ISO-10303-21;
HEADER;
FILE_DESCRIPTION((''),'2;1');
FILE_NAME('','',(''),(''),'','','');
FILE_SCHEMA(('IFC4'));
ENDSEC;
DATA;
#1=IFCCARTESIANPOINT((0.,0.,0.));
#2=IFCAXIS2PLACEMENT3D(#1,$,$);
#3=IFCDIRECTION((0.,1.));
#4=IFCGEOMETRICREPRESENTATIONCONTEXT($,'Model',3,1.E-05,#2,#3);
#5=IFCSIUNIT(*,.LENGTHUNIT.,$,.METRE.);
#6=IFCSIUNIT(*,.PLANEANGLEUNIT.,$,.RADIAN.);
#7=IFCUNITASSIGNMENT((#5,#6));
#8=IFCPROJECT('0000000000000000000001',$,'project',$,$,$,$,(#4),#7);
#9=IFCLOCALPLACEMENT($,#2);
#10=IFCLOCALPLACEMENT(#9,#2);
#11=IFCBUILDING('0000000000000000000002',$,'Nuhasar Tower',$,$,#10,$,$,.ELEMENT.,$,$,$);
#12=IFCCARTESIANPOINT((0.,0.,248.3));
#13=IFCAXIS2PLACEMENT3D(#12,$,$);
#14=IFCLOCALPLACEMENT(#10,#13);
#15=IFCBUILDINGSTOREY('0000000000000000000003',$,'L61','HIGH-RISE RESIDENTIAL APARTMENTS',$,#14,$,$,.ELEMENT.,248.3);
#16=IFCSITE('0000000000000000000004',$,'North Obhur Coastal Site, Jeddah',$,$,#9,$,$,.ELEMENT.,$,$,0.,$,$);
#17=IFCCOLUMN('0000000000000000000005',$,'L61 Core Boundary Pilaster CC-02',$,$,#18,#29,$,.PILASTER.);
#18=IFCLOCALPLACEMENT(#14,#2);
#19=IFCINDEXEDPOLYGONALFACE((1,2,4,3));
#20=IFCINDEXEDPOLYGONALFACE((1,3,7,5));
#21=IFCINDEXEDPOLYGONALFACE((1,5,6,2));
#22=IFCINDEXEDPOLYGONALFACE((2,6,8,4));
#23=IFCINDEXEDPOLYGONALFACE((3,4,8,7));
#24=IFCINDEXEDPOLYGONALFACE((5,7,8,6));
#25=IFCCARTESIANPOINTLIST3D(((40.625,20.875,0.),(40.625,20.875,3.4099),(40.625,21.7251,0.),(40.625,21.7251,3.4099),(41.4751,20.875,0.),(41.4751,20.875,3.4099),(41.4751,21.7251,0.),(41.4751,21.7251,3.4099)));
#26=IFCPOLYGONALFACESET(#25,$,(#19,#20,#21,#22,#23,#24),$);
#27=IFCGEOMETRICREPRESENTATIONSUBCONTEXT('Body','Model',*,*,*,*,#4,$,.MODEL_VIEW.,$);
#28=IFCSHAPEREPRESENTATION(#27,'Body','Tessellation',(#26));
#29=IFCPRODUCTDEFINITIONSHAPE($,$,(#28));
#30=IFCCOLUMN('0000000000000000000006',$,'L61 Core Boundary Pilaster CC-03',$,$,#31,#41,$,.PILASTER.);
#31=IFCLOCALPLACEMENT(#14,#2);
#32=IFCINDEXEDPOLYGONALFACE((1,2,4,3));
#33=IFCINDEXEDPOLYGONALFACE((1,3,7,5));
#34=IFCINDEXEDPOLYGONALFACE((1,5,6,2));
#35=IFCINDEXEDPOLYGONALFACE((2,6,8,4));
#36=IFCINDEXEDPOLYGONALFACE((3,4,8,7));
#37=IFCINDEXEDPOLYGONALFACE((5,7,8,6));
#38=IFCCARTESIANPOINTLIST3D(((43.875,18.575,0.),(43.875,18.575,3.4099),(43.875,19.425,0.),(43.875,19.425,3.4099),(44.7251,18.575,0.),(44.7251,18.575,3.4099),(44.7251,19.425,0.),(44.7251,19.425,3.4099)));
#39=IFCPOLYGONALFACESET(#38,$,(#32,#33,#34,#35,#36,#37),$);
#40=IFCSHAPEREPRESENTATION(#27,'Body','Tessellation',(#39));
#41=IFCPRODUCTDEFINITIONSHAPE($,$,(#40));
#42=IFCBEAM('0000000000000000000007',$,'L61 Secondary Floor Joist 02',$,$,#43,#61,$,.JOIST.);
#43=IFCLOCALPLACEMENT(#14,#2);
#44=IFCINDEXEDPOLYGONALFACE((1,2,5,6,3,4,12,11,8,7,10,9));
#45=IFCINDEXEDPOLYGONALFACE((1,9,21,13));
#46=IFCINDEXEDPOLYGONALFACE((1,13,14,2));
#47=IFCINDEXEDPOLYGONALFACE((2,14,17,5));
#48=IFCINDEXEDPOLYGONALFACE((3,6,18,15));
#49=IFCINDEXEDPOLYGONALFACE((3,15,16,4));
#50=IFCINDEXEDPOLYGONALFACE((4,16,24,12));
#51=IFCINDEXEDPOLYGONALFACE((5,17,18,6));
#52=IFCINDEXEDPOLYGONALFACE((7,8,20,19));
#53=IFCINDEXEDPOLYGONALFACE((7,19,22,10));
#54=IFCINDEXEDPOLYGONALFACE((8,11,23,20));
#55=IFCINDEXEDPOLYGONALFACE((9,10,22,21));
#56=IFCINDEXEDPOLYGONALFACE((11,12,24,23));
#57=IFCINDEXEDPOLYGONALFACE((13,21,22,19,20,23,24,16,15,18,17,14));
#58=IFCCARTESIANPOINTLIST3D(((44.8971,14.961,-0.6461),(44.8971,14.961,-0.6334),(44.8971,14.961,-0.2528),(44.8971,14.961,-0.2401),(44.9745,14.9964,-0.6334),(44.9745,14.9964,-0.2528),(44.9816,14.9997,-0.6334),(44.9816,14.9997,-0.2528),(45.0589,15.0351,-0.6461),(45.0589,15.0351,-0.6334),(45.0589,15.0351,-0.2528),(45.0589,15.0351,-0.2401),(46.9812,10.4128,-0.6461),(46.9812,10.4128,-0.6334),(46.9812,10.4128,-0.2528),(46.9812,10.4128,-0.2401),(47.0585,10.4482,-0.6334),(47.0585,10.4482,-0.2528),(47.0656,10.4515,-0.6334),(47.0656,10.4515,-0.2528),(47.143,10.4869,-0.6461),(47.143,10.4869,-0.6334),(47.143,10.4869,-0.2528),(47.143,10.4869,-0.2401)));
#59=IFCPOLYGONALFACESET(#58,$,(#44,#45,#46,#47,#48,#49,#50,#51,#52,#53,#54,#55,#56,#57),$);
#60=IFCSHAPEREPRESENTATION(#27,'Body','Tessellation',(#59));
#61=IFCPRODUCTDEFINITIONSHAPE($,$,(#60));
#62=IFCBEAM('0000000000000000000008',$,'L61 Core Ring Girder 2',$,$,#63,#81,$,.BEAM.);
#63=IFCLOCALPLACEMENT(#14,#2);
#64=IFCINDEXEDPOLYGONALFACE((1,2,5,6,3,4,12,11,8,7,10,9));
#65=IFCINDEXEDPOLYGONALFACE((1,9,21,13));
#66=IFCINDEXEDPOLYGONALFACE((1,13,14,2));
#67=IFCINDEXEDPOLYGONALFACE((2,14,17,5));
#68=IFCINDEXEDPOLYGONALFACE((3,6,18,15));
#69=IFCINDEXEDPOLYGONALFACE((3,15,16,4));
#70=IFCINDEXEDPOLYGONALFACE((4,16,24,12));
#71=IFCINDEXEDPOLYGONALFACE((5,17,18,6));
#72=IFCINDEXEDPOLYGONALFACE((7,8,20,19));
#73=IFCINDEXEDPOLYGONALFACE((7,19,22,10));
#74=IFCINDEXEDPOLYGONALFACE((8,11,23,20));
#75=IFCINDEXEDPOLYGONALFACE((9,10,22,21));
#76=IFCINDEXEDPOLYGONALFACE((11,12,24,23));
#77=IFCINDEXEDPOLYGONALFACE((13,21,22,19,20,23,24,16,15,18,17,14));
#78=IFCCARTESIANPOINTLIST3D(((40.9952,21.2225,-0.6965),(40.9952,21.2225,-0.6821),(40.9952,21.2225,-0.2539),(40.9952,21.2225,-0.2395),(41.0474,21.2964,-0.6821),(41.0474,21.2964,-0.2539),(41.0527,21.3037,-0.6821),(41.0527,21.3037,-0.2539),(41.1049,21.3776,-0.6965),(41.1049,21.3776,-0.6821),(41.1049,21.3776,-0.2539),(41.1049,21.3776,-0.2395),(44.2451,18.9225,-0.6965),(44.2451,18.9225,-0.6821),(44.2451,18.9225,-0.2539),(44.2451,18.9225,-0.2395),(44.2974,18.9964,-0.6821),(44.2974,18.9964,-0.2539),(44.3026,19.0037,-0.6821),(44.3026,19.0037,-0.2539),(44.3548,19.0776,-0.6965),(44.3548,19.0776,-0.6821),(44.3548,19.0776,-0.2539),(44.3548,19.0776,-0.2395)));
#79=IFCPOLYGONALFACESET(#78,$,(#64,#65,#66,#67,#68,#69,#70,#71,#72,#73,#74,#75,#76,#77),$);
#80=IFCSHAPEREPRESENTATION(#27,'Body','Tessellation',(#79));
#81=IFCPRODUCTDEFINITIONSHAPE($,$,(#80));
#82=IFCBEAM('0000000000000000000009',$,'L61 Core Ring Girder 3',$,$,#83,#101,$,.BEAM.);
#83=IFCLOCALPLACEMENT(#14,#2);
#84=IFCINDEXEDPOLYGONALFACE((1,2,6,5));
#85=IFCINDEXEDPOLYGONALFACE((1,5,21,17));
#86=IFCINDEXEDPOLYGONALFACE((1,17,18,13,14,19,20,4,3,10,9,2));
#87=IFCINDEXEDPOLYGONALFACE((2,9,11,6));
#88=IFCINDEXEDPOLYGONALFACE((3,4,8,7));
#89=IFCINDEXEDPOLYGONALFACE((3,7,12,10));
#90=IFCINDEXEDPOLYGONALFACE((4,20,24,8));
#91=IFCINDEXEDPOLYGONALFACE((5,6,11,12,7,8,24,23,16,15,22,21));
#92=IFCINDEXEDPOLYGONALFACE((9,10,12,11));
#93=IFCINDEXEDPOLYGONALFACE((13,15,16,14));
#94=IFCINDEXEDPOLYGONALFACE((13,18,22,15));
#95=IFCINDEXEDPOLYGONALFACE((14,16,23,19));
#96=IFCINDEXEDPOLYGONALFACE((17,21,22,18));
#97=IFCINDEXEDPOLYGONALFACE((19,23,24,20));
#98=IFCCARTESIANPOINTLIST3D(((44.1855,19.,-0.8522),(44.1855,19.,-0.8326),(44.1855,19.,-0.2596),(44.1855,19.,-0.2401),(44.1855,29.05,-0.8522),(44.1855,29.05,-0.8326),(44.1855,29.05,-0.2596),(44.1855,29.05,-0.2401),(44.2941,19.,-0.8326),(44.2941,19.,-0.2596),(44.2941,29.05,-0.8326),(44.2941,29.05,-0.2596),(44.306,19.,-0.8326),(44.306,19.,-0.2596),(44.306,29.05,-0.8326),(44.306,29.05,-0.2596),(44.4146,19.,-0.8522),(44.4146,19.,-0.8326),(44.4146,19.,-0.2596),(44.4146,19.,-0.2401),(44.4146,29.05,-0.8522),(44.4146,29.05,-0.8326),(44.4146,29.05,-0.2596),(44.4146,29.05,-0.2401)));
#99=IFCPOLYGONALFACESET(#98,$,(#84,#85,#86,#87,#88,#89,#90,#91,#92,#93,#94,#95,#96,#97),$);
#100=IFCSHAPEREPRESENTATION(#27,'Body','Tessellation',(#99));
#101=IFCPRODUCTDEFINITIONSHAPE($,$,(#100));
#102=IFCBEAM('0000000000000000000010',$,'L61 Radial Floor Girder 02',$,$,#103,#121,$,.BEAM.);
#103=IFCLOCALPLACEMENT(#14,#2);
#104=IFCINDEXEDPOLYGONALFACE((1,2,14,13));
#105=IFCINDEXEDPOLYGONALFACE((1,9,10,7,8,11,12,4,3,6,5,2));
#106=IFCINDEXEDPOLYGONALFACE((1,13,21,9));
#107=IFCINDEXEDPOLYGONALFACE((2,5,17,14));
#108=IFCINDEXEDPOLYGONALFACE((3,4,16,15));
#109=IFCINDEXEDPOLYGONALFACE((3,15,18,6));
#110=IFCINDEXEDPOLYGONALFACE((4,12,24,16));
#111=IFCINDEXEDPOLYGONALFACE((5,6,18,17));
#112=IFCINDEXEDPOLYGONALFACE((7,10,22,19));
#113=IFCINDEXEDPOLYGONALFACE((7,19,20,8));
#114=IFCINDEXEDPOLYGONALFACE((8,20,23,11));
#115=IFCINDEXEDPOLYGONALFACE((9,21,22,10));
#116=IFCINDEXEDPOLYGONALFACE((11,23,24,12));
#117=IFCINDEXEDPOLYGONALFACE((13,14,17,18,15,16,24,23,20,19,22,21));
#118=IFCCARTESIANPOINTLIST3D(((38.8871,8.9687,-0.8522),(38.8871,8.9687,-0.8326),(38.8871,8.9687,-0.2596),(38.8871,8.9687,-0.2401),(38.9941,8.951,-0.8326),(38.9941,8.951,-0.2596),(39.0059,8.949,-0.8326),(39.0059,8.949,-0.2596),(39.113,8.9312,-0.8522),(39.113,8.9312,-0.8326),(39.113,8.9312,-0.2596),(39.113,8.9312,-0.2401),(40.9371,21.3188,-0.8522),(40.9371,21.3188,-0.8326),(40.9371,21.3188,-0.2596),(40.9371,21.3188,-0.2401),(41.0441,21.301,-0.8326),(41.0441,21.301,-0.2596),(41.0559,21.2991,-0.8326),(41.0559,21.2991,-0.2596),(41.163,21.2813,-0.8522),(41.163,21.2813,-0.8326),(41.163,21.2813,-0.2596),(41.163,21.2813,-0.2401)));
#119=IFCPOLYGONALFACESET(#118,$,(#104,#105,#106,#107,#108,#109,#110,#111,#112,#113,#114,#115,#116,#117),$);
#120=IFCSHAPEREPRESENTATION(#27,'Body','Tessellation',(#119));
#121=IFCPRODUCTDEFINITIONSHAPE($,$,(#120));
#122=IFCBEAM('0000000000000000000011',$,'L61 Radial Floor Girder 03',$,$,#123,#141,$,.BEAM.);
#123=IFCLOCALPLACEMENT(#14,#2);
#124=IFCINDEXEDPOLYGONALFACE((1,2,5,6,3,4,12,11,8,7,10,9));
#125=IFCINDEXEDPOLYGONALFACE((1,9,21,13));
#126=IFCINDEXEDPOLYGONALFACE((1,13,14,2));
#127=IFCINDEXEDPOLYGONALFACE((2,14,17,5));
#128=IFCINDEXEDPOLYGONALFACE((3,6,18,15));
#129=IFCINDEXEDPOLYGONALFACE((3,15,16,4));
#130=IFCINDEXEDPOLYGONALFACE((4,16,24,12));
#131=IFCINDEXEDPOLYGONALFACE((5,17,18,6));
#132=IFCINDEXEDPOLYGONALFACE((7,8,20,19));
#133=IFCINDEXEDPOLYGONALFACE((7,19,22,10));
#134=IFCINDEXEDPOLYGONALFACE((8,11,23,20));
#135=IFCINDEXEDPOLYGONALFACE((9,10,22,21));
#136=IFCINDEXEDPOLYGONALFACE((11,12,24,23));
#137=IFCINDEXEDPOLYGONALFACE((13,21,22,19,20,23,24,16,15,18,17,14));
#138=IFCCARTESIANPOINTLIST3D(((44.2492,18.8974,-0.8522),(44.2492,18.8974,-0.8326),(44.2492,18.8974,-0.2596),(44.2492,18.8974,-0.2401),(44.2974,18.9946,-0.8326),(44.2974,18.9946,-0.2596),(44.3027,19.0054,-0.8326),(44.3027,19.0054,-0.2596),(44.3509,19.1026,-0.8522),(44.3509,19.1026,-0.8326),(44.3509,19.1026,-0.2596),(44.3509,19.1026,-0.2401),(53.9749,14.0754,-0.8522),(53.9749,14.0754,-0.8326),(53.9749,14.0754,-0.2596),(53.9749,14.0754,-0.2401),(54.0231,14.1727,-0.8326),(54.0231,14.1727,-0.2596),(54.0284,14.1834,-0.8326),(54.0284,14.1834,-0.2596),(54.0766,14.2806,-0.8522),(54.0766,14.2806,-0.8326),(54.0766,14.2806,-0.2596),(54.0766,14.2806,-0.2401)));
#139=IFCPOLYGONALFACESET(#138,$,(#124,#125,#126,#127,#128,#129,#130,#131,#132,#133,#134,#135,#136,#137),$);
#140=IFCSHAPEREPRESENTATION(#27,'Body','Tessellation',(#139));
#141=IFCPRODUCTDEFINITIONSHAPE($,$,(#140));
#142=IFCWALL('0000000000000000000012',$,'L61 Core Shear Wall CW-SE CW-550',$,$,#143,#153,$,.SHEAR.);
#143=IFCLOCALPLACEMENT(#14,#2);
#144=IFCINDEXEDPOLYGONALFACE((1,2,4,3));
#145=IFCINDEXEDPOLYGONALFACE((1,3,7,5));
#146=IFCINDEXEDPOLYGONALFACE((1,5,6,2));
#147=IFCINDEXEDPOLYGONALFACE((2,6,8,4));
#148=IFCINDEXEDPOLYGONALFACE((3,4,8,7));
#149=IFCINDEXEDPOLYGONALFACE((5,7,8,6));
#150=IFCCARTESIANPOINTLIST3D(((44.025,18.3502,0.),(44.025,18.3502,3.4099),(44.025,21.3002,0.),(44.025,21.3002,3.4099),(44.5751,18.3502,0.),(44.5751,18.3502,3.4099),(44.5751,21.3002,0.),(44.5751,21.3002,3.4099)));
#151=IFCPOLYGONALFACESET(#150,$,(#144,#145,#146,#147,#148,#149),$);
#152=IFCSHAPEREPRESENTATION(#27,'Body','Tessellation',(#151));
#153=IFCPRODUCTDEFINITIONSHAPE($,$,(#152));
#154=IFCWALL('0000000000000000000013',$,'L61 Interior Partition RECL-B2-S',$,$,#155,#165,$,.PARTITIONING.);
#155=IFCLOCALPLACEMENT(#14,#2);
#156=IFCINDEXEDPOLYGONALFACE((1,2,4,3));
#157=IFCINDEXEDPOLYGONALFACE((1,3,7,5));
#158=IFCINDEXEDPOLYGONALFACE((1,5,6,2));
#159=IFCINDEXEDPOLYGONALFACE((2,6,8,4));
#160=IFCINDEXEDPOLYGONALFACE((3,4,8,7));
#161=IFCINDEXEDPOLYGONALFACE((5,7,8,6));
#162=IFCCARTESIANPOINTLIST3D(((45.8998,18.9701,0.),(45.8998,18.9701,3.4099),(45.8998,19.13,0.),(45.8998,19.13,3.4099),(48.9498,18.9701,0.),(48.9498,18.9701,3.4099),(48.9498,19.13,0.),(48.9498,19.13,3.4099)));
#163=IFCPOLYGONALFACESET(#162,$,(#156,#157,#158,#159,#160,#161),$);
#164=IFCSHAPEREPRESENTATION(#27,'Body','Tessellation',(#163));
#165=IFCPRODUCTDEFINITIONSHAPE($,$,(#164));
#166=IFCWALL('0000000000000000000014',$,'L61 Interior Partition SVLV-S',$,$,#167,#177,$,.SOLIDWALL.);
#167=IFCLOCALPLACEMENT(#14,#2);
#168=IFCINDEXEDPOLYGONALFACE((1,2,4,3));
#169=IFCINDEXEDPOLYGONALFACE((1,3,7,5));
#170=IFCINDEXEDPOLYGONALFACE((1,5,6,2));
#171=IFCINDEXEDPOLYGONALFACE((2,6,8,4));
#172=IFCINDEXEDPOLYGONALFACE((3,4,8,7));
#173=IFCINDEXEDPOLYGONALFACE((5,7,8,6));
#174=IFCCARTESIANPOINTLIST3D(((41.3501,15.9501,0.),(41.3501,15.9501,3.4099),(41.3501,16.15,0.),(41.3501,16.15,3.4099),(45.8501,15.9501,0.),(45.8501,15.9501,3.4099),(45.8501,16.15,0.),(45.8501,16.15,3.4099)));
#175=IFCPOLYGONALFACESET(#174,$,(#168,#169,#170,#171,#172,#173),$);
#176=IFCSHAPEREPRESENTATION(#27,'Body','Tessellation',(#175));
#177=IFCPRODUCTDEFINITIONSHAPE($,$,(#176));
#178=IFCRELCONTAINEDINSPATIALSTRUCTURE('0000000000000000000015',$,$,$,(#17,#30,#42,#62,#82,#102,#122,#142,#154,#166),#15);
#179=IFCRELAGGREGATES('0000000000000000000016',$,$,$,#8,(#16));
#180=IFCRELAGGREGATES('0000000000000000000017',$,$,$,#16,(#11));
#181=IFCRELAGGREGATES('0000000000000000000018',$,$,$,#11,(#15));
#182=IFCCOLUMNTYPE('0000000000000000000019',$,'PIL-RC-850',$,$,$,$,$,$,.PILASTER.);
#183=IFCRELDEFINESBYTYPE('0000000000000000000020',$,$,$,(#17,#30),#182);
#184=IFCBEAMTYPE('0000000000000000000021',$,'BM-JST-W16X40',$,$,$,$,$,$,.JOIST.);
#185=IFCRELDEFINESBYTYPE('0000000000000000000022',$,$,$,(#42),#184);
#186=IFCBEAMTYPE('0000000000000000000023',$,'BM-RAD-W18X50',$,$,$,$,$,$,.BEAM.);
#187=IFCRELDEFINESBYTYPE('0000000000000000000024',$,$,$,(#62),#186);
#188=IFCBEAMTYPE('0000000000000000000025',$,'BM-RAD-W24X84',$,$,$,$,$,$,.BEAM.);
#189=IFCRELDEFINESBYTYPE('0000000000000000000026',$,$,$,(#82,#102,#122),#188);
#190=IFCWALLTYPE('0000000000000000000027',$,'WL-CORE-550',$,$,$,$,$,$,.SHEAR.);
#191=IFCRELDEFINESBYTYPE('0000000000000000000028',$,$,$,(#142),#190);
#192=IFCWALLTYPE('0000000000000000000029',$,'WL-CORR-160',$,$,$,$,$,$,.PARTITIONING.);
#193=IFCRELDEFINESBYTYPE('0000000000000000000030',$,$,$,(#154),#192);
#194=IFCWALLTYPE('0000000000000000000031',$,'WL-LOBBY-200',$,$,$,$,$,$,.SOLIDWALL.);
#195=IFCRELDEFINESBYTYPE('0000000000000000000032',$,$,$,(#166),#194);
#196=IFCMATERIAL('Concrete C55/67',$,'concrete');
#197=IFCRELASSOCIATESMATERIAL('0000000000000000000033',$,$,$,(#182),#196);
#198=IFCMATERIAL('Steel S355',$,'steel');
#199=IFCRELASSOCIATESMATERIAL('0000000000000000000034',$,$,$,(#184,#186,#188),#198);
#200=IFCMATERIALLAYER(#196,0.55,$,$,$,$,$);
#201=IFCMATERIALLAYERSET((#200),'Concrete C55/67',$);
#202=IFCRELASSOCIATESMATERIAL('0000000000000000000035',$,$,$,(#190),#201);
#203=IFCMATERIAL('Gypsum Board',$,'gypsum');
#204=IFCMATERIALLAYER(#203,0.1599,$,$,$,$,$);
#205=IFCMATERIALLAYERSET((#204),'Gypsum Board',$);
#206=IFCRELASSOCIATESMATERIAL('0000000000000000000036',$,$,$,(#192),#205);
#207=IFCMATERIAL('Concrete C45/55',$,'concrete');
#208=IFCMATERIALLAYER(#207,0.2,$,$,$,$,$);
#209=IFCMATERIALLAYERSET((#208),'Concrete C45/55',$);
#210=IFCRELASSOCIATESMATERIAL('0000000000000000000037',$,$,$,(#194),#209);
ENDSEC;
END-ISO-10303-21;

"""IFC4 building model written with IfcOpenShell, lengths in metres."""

from ifc_helpers import new_model, si_unit, direction, frame, frame_2d, origin, origin_2d, place, context, subcontext, project, spatial, rectangle, i_section, extrude, material, layer, layer_set, material_profile, profile_set, type_object, element, save


model = new_model("IFC4")

# Units and contexts
model_context = context("Model", 3, precision=1e-05, world=origin(), true_north=direction((0.0, 1.0)))
body_context = subcontext(model_context, "Body", "Model", "MODEL_VIEW")
ifc_project = project(units=[si_unit("LENGTHUNIT", "METRE"), si_unit("PLANEANGLEUNIT", "RADIAN")], contexts=[model_context])

# Site, building, storey
site_placement = place(None, origin())
site = spatial("IfcSite", under=ifc_project, at=site_placement, Name="North Obhur Coastal Site, Jeddah", CompositionType="ELEMENT", RefElevation=0.0)
building_placement = place(site_placement, origin())
building = spatial("IfcBuilding", under=site, at=building_placement, Name="Nuhasar Tower", CompositionType="ELEMENT")
storey_placement = place(building_placement, frame((0.0, 0.0, 248.3)))
storey = spatial("IfcBuildingStorey", under=building, at=storey_placement, Name="L61", Description="HIGH-RISE RESIDENTIAL APARTMENTS", CompositionType="ELEMENT", Elevation=248.3)

# Columns
ifc_material_1 = material(Name="Concrete C55/67", Category="concrete")
ifc_material_profile_1 = material_profile(ifc_material_1, rectangle(XDim=0.8501, YDim=0.8501, at=origin_2d()), Name="RC850X850")
ifc_profile_set_1 = profile_set([ifc_material_profile_1], Name="Concrete C55/67")
column_type = type_object("IfcColumnType", Name="PIL-RC-850", PredefinedType="PILASTER", material=ifc_profile_set_1)
for number, where, z_axis, x_axis, name in (
    (1, (41.05, 21.3, 0.0), (0.0, 0.0, 1.0), (1.0, 0.0, 0.0), "L61 Core Boundary Pilaster CC-02"),
    (2, (44.3, 19.0, 0.0), (0.0, 0.0, 1.0), (1.0, 0.0, 0.0), "L61 Core Boundary Pilaster CC-03"),
):
    element("IfcColumn", number, at=place(storey_placement, frame(where, z_axis=z_axis, x_axis=x_axis)), inside=storey, type_object=column_type, Name=name, PredefinedType="PILASTER", context=body_context, shape_type="SweptSolid", body=[
        extrude(rectangle(XDim=0.8501, YDim=0.8501, at=origin_2d()), origin(), (0.0, 0.0, 1.0), 3.4099),
    ])

# Beams
ifc_material_2 = material(Name="Steel S355", Category="steel")
ifc_material_profile_2 = material_profile(ifc_material_2, i_section(OverallWidth=0.178, OverallDepth=0.406, WebThickness=0.0078, FlangeThickness=0.0127, at=origin_2d()), Name="W16X40")
ifc_profile_set_2 = profile_set([ifc_material_profile_2], Name="Steel S355")
beam_type_1 = type_object("IfcBeamType", Name="BM-JST-W16X40", PredefinedType="JOIST", material=ifc_profile_set_2)
beam_1_placement = place(storey_placement, frame((44.978, 14.998, -0.4431), z_axis=(0.416562, -0.909107, 0.0), x_axis=(0.909107, 0.416562, 0.0)))
element("IfcBeam", 3, at=beam_1_placement, inside=storey, type_object=beam_type_1, Name="L61 Secondary Floor Joist 02", PredefinedType="JOIST", context=body_context, shape_type="SweptSolid", body=[
    extrude(i_section(OverallWidth=0.178, OverallDepth=0.406, WebThickness=0.0078, FlangeThickness=0.0127, at=origin_2d()), origin(), (0.0, 0.0, 1.0), 5.0029),
])
ifc_material_profile_3 = material_profile(ifc_material_2, i_section(OverallWidth=0.1899, OverallDepth=0.457, WebThickness=0.009, FlangeThickness=0.0144, at=origin_2d()), Name="W18X50")
ifc_profile_set_3 = profile_set([ifc_material_profile_3], Name="Steel S355")
beam_type_2 = type_object("IfcBeamType", Name="BM-RAD-W18X50", PredefinedType="BEAM", material=ifc_profile_set_3)
beam_2_placement = place(storey_placement, frame((41.05, 21.3, -0.468), z_axis=(0.816265, -0.577677, 0.0), x_axis=(0.577677, 0.816265, 0.0)))
element("IfcBeam", 4, at=beam_2_placement, inside=storey, type_object=beam_type_2, Name="L61 Core Ring Girder 2", PredefinedType="BEAM", context=body_context, shape_type="SweptSolid", body=[
    extrude(i_section(OverallWidth=0.1899, OverallDepth=0.457, WebThickness=0.009, FlangeThickness=0.0144, at=origin_2d()), origin(), (0.0, 0.0, 1.0), 3.9814),
])
ifc_material_profile_4 = material_profile(ifc_material_2, i_section(OverallWidth=0.229, OverallDepth=0.6121, WebThickness=0.012, FlangeThickness=0.0195, at=origin_2d()), Name="W24X84")
ifc_profile_set_4 = profile_set([ifc_material_profile_4], Name="Steel S355")
beam_type_3 = type_object("IfcBeamType", Name="BM-RAD-W24X84", PredefinedType="BEAM", material=ifc_profile_set_4)
beam_3_placement = place(storey_placement, frame((44.3, 19.0, -0.5461), z_axis=(0.0, 1.0, 0.0), x_axis=(-1.0, 0.0, 0.0)))
element("IfcBeam", 5, at=beam_3_placement, inside=storey, type_object=beam_type_3, Name="L61 Core Ring Girder 3", PredefinedType="BEAM", context=body_context, shape_type="SweptSolid", body=[
    extrude(i_section(OverallWidth=0.229, OverallDepth=0.6121, WebThickness=0.012, FlangeThickness=0.0195, at=origin_2d()), origin(), (0.0, 0.0, 1.0), 10.05),
])
beam_4_placement = place(storey_placement, frame((41.05, 21.3, -0.5461), z_axis=(-0.163754, -0.986501, 0.0), x_axis=(0.986501, -0.163754, 0.0)))
element("IfcBeam", 6, at=beam_4_placement, inside=storey, type_object=beam_type_3, Name="L61 Radial Floor Girder 02", PredefinedType="BEAM", context=body_context, shape_type="SweptSolid", body=[
    extrude(i_section(OverallWidth=0.229, OverallDepth=0.6121, WebThickness=0.012, FlangeThickness=0.0195, at=origin_2d()), origin(), (0.0, 0.0, 1.0), 12.519),
])
beam_5_placement = place(storey_placement, frame((44.3, 19.0, -0.5461), z_axis=(0.895929, -0.444197, 0.0), x_axis=(0.444197, 0.895929, 0.0)))
element("IfcBeam", 7, at=beam_5_placement, inside=storey, type_object=beam_type_3, Name="L61 Radial Floor Girder 03", PredefinedType="BEAM", context=body_context, shape_type="SweptSolid", body=[
    extrude(i_section(OverallWidth=0.229, OverallDepth=0.6121, WebThickness=0.012, FlangeThickness=0.0195, at=origin_2d()), origin(), (0.0, 0.0, 1.0), 10.8555),
])

# Walls
ifc_layer_1 = layer(ifc_material_1, 0.55)
ifc_layer_set_1 = layer_set([ifc_layer_1], Name="Concrete C55/67")
wall_type_1 = type_object("IfcWallType", Name="WL-CORE-550", PredefinedType="SHEAR", material=ifc_layer_set_1)
wall_1_placement = place(storey_placement, frame((44.3, 18.3501, 0.0), z_axis=(0.0, 0.0, 1.0), x_axis=(0.0, 1.0, 0.0)))
element("IfcWall", 8, at=wall_1_placement, inside=storey, type_object=wall_type_1, Name="L61 Core Shear Wall CW-SE CW-550", PredefinedType="SHEAR", context=body_context, shape_type="SweptSolid", body=[
    extrude(rectangle(XDim=2.95, YDim=0.55, at=frame_2d((1.4751, 0.0))), origin(), (0.0, 0.0, 1.0), 3.4099),
])
ifc_material_3 = material(Name="Gypsum Board", Category="gypsum")
ifc_layer_2 = layer(ifc_material_3, 0.1599)
ifc_layer_set_2 = layer_set([ifc_layer_2], Name="Gypsum Board")
wall_type_2 = type_object("IfcWallType", Name="WL-CORR-160", PredefinedType="PARTITIONING", material=ifc_layer_set_2)
wall_2_placement = place(storey_placement, frame((45.8999, 19.05, 0.0), z_axis=(0.0, 0.0, 1.0), x_axis=(1.0, 0.0, 0.0)))
element("IfcWall", 9, at=wall_2_placement, inside=storey, type_object=wall_type_2, Name="L61 Interior Partition RECL-B2-S", PredefinedType="PARTITIONING", context=body_context, shape_type="SweptSolid", body=[
    extrude(rectangle(XDim=3.05, YDim=0.1599, at=frame_2d((1.5249, 0.0))), origin(), (0.0, 0.0, 1.0), 3.4099),
])

# Shared definitions
ifc_material_4 = material(Name="Concrete C45/55", Category="concrete")
ifc_layer_3 = layer(ifc_material_4, 0.2)
ifc_layer_set_3 = layer_set([ifc_layer_3], Name="Concrete C45/55")
wall_type_3 = type_object("IfcWallType", Name="WL-LOBBY-200", PredefinedType="SOLIDWALL", material=ifc_layer_set_3)

# Wall
wall_3_placement = place(storey_placement, frame((41.3501, 16.05, 0.0), z_axis=(0.0, 0.0, 1.0), x_axis=(1.0, 0.0, 0.0)))
element("IfcWall", 10, at=wall_3_placement, inside=storey, type_object=wall_type_3, Name="L61 Interior Partition SVLV-S", PredefinedType="SOLIDWALL", context=body_context, shape_type="SweptSolid", body=[
    extrude(rectangle(XDim=4.5, YDim=0.2, at=frame_2d((2.25, 0.0))), origin(), (0.0, 0.0, 1.0), 3.4099),
])

save(model, "model.ifc")
